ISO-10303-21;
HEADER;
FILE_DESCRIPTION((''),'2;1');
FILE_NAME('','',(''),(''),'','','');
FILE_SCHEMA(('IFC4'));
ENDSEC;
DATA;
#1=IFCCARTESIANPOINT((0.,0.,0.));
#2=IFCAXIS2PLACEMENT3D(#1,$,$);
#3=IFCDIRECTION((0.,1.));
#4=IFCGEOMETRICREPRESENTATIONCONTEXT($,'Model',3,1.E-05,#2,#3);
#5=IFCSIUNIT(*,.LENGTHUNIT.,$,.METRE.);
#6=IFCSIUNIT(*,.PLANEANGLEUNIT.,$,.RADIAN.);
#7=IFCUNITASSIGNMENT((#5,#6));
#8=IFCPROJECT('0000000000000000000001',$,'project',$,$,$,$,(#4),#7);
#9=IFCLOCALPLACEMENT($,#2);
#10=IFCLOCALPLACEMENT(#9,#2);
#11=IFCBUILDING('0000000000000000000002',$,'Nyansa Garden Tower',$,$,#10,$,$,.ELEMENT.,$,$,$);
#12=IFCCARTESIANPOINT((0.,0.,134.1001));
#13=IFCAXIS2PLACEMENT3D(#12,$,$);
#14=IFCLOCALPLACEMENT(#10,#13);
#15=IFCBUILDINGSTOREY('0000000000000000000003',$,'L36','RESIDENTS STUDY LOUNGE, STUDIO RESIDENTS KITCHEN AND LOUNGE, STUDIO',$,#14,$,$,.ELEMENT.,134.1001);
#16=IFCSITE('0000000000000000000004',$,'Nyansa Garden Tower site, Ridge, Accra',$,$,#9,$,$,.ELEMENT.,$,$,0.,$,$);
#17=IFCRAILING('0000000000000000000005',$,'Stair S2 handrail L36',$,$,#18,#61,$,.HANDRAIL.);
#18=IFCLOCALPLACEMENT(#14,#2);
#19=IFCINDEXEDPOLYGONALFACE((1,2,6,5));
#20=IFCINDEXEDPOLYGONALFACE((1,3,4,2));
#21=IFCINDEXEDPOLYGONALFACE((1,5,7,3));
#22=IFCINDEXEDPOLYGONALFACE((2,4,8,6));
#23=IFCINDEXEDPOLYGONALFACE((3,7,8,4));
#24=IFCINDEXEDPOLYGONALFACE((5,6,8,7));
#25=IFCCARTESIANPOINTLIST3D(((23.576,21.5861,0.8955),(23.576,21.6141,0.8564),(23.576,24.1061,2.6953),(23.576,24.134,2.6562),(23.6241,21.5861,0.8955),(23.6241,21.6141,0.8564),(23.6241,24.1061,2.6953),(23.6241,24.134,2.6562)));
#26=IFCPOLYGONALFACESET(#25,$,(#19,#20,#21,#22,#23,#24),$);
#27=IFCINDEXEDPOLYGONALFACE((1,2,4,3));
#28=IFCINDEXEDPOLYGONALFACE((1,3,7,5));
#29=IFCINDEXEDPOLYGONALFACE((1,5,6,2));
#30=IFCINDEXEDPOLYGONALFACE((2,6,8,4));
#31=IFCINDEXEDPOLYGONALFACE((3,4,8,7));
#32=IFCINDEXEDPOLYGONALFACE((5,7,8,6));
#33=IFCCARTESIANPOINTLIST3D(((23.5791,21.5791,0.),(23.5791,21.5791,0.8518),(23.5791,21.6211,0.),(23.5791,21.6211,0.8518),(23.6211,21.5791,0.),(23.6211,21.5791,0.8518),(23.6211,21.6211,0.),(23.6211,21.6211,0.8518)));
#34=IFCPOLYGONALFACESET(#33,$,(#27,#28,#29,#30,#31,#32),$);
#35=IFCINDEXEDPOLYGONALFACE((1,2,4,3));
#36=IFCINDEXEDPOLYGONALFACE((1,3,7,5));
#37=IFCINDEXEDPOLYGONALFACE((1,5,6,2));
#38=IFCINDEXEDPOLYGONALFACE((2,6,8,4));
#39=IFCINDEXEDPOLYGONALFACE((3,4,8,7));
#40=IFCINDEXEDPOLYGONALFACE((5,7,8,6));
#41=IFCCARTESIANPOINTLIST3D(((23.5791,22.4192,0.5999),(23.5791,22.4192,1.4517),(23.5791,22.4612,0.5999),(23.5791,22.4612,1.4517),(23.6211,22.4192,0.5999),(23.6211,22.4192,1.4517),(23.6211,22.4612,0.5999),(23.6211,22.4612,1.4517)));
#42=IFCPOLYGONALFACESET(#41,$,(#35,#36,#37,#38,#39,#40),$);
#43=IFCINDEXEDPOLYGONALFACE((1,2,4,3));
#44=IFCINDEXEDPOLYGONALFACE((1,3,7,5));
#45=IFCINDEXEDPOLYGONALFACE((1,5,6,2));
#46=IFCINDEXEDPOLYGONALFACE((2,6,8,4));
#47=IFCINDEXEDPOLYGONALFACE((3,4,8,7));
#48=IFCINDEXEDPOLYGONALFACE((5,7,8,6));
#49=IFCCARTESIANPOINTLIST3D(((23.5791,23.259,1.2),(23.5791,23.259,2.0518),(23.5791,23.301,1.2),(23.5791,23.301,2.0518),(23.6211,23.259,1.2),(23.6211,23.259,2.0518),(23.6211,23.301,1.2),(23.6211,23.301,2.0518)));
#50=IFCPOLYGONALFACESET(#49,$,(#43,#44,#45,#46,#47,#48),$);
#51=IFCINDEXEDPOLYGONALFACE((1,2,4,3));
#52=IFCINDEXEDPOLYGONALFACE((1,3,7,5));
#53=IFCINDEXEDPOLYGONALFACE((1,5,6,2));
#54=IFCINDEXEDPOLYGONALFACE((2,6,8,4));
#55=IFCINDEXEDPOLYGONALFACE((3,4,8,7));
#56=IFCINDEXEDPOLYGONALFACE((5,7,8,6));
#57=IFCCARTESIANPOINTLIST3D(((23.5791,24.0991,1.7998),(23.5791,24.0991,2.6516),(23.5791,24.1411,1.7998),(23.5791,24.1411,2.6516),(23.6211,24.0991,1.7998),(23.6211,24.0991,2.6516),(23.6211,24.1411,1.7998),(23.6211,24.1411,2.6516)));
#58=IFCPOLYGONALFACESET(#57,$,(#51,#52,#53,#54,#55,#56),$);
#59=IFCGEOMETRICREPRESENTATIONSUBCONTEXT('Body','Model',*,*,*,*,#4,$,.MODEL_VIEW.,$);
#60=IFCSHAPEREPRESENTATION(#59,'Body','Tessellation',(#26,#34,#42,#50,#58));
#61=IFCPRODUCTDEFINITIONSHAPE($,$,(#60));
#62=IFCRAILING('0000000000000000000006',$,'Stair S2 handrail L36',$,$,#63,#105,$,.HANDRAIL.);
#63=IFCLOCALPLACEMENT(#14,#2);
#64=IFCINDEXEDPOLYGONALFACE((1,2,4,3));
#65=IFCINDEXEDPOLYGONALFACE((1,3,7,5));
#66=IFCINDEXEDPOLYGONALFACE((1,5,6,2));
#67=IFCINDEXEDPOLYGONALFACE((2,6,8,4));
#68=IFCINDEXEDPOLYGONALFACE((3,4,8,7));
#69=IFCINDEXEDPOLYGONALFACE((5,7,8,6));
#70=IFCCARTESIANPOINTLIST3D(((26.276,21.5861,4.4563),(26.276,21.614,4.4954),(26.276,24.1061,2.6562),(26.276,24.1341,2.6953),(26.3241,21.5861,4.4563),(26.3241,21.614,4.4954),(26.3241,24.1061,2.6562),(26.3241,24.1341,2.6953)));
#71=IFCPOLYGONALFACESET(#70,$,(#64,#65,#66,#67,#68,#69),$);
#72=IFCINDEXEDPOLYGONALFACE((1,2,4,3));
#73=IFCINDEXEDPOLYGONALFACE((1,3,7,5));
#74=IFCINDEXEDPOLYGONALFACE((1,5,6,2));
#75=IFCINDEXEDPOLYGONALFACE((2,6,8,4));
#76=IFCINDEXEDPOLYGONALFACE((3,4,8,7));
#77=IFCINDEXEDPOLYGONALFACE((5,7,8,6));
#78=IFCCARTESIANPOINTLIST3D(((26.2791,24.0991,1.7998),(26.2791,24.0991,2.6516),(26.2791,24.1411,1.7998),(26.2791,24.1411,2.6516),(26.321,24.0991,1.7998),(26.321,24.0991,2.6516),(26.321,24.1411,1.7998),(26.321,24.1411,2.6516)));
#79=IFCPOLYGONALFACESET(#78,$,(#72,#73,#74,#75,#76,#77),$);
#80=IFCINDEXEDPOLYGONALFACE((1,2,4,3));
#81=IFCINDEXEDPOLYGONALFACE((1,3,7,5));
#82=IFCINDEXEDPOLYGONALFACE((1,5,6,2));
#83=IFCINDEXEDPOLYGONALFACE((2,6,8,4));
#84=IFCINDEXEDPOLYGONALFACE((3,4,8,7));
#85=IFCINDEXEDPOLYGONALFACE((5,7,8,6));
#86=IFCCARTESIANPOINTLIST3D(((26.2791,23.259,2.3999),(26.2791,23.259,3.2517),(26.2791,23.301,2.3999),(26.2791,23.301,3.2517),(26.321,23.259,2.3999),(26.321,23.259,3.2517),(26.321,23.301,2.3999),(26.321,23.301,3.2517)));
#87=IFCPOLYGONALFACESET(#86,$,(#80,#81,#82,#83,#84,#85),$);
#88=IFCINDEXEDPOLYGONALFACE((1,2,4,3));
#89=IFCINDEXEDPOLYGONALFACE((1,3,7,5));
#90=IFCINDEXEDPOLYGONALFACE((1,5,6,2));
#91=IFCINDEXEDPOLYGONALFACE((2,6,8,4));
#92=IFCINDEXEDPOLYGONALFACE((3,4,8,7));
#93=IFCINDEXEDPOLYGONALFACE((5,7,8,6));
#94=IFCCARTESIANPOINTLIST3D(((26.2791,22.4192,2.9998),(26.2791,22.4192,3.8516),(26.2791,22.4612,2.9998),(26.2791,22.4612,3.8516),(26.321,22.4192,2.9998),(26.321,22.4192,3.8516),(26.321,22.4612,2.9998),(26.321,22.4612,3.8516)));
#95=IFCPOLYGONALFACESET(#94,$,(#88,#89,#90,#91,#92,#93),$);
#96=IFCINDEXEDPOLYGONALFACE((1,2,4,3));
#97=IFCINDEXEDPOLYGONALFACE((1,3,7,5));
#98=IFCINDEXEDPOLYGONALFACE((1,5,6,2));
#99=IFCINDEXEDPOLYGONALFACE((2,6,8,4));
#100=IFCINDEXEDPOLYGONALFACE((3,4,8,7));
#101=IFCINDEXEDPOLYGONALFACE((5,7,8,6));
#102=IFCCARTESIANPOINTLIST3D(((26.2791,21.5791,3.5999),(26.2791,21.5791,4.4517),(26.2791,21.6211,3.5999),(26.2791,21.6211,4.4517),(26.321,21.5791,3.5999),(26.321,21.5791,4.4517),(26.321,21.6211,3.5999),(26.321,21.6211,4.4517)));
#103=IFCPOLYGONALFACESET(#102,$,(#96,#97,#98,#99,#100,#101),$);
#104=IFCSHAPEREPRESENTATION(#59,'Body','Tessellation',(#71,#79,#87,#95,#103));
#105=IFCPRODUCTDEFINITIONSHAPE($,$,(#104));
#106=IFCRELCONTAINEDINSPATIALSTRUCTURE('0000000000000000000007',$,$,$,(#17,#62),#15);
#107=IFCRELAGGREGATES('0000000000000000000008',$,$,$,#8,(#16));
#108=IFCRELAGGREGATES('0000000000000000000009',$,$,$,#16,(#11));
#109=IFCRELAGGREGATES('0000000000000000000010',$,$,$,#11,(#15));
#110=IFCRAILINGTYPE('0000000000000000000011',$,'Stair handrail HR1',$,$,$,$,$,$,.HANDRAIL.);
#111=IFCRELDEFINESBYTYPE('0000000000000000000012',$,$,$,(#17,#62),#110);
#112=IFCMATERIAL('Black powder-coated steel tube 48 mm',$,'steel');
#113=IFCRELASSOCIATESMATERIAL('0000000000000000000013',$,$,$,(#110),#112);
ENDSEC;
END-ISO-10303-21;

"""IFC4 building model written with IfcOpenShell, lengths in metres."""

from ifc_helpers import new_model, si_unit, direction, frame, origin, origin_2d, place, context, subcontext, project, spatial, rectangle, extrude, material, type_object, element, save


model = new_model("IFC4")

# Units and contexts
model_context = context("Model", 3, precision=1e-05, world=origin(), true_north=direction((0.0, 1.0)))
body_context = subcontext(model_context, "Body", "Model", "MODEL_VIEW")
ifc_project = project(units=[si_unit("LENGTHUNIT", "METRE"), si_unit("PLANEANGLEUNIT", "RADIAN")], contexts=[model_context])

# Site, building, storey
site_placement = place(None, origin())
site = spatial("IfcSite", under=ifc_project, at=site_placement, Name="Nyansa Garden Tower site, Ridge, Accra", CompositionType="ELEMENT", RefElevation=0.0)
building_placement = place(site_placement, origin())
building = spatial("IfcBuilding", under=site, at=building_placement, Name="Nyansa Garden Tower", CompositionType="ELEMENT")
storey_placement = place(building_placement, frame((0.0, 0.0, 134.1001)))
storey = spatial("IfcBuildingStorey", under=building, at=storey_placement, Name="L36", Description="RESIDENTS STUDY LOUNGE, STUDIO RESIDENTS KITCHEN AND LOUNGE, STUDIO", CompositionType="ELEMENT", Elevation=134.1001)

# Railings
ifc_material_1 = material(Name="Black powder-coated steel tube 48 mm", Category="steel")
railing_type = type_object("IfcRailingType", Name="Stair handrail HR1", PredefinedType="HANDRAIL", material=ifc_material_1)
railing_1_placement = place(storey_placement, frame((23.6001, 21.6001, 0.0)))
element("IfcRailing", 1, at=railing_1_placement, inside=storey, type_object=railing_type, Name="Stair S2 handrail L36", PredefinedType="HANDRAIL", context=body_context, shape_type="SweptSolid", body=[
    extrude(rectangle(XDim=0.0481, YDim=0.0481, at=origin_2d()), frame((0.0, 0.0, 0.876), z_axis=(0.0, 0.813765, 0.581193), x_axis=(-1.0, 0.0, 0.0)), (0.0, 0.0, 1.0), 3.0967),
    extrude(rectangle(XDim=0.042, YDim=0.042, at=origin_2d()), origin(), (0.0, 0.0, 1.0), 0.8518),
    extrude(rectangle(XDim=0.042, YDim=0.042, at=origin_2d()), frame((0.0, 0.8401, 0.5999)), (0.0, 0.0, 1.0), 0.8518),
    extrude(rectangle(XDim=0.042, YDim=0.042, at=origin_2d()), frame((0.0, 1.6799, 1.2)), (0.0, 0.0, 1.0), 0.8518),
    extrude(rectangle(XDim=0.042, YDim=0.042, at=origin_2d()), frame((0.0, 2.52, 1.7998)), (0.0, 0.0, 1.0), 0.8518),
])
railing_2_placement = place(storey_placement, frame((26.3, 24.1201, 1.7998)))
element("IfcRailing", 2, at=railing_2_placement, inside=storey, type_object=railing_type, Name="Stair S2 handrail L36", PredefinedType="HANDRAIL", context=body_context, shape_type="SweptSolid", body=[
    extrude(rectangle(XDim=0.0481, YDim=0.0481, at=origin_2d()), frame((0.0, 0.0, 0.876), z_axis=(0.0, -0.813728, 0.581246), x_axis=(1.0, 0.0, 0.0)), (0.0, 0.0, 1.0), 3.0969),
    extrude(rectangle(XDim=0.042, YDim=0.042, at=origin_2d()), origin(), (0.0, 0.0, 1.0), 0.8518),
    extrude(rectangle(XDim=0.042, YDim=0.042, at=origin_2d()), frame((0.0, -0.8401, 0.6001)), (0.0, 0.0, 1.0), 0.8518),
    extrude(rectangle(XDim=0.042, YDim=0.042, at=origin_2d()), frame((0.0, -1.6799, 1.2)), (0.0, 0.0, 1.0), 0.8518),
    extrude(rectangle(XDim=0.042, YDim=0.042, at=origin_2d()), frame((0.0, -2.52, 1.8)), (0.0, 0.0, 1.0), 0.8518),
])

save(model, "model.ifc")
